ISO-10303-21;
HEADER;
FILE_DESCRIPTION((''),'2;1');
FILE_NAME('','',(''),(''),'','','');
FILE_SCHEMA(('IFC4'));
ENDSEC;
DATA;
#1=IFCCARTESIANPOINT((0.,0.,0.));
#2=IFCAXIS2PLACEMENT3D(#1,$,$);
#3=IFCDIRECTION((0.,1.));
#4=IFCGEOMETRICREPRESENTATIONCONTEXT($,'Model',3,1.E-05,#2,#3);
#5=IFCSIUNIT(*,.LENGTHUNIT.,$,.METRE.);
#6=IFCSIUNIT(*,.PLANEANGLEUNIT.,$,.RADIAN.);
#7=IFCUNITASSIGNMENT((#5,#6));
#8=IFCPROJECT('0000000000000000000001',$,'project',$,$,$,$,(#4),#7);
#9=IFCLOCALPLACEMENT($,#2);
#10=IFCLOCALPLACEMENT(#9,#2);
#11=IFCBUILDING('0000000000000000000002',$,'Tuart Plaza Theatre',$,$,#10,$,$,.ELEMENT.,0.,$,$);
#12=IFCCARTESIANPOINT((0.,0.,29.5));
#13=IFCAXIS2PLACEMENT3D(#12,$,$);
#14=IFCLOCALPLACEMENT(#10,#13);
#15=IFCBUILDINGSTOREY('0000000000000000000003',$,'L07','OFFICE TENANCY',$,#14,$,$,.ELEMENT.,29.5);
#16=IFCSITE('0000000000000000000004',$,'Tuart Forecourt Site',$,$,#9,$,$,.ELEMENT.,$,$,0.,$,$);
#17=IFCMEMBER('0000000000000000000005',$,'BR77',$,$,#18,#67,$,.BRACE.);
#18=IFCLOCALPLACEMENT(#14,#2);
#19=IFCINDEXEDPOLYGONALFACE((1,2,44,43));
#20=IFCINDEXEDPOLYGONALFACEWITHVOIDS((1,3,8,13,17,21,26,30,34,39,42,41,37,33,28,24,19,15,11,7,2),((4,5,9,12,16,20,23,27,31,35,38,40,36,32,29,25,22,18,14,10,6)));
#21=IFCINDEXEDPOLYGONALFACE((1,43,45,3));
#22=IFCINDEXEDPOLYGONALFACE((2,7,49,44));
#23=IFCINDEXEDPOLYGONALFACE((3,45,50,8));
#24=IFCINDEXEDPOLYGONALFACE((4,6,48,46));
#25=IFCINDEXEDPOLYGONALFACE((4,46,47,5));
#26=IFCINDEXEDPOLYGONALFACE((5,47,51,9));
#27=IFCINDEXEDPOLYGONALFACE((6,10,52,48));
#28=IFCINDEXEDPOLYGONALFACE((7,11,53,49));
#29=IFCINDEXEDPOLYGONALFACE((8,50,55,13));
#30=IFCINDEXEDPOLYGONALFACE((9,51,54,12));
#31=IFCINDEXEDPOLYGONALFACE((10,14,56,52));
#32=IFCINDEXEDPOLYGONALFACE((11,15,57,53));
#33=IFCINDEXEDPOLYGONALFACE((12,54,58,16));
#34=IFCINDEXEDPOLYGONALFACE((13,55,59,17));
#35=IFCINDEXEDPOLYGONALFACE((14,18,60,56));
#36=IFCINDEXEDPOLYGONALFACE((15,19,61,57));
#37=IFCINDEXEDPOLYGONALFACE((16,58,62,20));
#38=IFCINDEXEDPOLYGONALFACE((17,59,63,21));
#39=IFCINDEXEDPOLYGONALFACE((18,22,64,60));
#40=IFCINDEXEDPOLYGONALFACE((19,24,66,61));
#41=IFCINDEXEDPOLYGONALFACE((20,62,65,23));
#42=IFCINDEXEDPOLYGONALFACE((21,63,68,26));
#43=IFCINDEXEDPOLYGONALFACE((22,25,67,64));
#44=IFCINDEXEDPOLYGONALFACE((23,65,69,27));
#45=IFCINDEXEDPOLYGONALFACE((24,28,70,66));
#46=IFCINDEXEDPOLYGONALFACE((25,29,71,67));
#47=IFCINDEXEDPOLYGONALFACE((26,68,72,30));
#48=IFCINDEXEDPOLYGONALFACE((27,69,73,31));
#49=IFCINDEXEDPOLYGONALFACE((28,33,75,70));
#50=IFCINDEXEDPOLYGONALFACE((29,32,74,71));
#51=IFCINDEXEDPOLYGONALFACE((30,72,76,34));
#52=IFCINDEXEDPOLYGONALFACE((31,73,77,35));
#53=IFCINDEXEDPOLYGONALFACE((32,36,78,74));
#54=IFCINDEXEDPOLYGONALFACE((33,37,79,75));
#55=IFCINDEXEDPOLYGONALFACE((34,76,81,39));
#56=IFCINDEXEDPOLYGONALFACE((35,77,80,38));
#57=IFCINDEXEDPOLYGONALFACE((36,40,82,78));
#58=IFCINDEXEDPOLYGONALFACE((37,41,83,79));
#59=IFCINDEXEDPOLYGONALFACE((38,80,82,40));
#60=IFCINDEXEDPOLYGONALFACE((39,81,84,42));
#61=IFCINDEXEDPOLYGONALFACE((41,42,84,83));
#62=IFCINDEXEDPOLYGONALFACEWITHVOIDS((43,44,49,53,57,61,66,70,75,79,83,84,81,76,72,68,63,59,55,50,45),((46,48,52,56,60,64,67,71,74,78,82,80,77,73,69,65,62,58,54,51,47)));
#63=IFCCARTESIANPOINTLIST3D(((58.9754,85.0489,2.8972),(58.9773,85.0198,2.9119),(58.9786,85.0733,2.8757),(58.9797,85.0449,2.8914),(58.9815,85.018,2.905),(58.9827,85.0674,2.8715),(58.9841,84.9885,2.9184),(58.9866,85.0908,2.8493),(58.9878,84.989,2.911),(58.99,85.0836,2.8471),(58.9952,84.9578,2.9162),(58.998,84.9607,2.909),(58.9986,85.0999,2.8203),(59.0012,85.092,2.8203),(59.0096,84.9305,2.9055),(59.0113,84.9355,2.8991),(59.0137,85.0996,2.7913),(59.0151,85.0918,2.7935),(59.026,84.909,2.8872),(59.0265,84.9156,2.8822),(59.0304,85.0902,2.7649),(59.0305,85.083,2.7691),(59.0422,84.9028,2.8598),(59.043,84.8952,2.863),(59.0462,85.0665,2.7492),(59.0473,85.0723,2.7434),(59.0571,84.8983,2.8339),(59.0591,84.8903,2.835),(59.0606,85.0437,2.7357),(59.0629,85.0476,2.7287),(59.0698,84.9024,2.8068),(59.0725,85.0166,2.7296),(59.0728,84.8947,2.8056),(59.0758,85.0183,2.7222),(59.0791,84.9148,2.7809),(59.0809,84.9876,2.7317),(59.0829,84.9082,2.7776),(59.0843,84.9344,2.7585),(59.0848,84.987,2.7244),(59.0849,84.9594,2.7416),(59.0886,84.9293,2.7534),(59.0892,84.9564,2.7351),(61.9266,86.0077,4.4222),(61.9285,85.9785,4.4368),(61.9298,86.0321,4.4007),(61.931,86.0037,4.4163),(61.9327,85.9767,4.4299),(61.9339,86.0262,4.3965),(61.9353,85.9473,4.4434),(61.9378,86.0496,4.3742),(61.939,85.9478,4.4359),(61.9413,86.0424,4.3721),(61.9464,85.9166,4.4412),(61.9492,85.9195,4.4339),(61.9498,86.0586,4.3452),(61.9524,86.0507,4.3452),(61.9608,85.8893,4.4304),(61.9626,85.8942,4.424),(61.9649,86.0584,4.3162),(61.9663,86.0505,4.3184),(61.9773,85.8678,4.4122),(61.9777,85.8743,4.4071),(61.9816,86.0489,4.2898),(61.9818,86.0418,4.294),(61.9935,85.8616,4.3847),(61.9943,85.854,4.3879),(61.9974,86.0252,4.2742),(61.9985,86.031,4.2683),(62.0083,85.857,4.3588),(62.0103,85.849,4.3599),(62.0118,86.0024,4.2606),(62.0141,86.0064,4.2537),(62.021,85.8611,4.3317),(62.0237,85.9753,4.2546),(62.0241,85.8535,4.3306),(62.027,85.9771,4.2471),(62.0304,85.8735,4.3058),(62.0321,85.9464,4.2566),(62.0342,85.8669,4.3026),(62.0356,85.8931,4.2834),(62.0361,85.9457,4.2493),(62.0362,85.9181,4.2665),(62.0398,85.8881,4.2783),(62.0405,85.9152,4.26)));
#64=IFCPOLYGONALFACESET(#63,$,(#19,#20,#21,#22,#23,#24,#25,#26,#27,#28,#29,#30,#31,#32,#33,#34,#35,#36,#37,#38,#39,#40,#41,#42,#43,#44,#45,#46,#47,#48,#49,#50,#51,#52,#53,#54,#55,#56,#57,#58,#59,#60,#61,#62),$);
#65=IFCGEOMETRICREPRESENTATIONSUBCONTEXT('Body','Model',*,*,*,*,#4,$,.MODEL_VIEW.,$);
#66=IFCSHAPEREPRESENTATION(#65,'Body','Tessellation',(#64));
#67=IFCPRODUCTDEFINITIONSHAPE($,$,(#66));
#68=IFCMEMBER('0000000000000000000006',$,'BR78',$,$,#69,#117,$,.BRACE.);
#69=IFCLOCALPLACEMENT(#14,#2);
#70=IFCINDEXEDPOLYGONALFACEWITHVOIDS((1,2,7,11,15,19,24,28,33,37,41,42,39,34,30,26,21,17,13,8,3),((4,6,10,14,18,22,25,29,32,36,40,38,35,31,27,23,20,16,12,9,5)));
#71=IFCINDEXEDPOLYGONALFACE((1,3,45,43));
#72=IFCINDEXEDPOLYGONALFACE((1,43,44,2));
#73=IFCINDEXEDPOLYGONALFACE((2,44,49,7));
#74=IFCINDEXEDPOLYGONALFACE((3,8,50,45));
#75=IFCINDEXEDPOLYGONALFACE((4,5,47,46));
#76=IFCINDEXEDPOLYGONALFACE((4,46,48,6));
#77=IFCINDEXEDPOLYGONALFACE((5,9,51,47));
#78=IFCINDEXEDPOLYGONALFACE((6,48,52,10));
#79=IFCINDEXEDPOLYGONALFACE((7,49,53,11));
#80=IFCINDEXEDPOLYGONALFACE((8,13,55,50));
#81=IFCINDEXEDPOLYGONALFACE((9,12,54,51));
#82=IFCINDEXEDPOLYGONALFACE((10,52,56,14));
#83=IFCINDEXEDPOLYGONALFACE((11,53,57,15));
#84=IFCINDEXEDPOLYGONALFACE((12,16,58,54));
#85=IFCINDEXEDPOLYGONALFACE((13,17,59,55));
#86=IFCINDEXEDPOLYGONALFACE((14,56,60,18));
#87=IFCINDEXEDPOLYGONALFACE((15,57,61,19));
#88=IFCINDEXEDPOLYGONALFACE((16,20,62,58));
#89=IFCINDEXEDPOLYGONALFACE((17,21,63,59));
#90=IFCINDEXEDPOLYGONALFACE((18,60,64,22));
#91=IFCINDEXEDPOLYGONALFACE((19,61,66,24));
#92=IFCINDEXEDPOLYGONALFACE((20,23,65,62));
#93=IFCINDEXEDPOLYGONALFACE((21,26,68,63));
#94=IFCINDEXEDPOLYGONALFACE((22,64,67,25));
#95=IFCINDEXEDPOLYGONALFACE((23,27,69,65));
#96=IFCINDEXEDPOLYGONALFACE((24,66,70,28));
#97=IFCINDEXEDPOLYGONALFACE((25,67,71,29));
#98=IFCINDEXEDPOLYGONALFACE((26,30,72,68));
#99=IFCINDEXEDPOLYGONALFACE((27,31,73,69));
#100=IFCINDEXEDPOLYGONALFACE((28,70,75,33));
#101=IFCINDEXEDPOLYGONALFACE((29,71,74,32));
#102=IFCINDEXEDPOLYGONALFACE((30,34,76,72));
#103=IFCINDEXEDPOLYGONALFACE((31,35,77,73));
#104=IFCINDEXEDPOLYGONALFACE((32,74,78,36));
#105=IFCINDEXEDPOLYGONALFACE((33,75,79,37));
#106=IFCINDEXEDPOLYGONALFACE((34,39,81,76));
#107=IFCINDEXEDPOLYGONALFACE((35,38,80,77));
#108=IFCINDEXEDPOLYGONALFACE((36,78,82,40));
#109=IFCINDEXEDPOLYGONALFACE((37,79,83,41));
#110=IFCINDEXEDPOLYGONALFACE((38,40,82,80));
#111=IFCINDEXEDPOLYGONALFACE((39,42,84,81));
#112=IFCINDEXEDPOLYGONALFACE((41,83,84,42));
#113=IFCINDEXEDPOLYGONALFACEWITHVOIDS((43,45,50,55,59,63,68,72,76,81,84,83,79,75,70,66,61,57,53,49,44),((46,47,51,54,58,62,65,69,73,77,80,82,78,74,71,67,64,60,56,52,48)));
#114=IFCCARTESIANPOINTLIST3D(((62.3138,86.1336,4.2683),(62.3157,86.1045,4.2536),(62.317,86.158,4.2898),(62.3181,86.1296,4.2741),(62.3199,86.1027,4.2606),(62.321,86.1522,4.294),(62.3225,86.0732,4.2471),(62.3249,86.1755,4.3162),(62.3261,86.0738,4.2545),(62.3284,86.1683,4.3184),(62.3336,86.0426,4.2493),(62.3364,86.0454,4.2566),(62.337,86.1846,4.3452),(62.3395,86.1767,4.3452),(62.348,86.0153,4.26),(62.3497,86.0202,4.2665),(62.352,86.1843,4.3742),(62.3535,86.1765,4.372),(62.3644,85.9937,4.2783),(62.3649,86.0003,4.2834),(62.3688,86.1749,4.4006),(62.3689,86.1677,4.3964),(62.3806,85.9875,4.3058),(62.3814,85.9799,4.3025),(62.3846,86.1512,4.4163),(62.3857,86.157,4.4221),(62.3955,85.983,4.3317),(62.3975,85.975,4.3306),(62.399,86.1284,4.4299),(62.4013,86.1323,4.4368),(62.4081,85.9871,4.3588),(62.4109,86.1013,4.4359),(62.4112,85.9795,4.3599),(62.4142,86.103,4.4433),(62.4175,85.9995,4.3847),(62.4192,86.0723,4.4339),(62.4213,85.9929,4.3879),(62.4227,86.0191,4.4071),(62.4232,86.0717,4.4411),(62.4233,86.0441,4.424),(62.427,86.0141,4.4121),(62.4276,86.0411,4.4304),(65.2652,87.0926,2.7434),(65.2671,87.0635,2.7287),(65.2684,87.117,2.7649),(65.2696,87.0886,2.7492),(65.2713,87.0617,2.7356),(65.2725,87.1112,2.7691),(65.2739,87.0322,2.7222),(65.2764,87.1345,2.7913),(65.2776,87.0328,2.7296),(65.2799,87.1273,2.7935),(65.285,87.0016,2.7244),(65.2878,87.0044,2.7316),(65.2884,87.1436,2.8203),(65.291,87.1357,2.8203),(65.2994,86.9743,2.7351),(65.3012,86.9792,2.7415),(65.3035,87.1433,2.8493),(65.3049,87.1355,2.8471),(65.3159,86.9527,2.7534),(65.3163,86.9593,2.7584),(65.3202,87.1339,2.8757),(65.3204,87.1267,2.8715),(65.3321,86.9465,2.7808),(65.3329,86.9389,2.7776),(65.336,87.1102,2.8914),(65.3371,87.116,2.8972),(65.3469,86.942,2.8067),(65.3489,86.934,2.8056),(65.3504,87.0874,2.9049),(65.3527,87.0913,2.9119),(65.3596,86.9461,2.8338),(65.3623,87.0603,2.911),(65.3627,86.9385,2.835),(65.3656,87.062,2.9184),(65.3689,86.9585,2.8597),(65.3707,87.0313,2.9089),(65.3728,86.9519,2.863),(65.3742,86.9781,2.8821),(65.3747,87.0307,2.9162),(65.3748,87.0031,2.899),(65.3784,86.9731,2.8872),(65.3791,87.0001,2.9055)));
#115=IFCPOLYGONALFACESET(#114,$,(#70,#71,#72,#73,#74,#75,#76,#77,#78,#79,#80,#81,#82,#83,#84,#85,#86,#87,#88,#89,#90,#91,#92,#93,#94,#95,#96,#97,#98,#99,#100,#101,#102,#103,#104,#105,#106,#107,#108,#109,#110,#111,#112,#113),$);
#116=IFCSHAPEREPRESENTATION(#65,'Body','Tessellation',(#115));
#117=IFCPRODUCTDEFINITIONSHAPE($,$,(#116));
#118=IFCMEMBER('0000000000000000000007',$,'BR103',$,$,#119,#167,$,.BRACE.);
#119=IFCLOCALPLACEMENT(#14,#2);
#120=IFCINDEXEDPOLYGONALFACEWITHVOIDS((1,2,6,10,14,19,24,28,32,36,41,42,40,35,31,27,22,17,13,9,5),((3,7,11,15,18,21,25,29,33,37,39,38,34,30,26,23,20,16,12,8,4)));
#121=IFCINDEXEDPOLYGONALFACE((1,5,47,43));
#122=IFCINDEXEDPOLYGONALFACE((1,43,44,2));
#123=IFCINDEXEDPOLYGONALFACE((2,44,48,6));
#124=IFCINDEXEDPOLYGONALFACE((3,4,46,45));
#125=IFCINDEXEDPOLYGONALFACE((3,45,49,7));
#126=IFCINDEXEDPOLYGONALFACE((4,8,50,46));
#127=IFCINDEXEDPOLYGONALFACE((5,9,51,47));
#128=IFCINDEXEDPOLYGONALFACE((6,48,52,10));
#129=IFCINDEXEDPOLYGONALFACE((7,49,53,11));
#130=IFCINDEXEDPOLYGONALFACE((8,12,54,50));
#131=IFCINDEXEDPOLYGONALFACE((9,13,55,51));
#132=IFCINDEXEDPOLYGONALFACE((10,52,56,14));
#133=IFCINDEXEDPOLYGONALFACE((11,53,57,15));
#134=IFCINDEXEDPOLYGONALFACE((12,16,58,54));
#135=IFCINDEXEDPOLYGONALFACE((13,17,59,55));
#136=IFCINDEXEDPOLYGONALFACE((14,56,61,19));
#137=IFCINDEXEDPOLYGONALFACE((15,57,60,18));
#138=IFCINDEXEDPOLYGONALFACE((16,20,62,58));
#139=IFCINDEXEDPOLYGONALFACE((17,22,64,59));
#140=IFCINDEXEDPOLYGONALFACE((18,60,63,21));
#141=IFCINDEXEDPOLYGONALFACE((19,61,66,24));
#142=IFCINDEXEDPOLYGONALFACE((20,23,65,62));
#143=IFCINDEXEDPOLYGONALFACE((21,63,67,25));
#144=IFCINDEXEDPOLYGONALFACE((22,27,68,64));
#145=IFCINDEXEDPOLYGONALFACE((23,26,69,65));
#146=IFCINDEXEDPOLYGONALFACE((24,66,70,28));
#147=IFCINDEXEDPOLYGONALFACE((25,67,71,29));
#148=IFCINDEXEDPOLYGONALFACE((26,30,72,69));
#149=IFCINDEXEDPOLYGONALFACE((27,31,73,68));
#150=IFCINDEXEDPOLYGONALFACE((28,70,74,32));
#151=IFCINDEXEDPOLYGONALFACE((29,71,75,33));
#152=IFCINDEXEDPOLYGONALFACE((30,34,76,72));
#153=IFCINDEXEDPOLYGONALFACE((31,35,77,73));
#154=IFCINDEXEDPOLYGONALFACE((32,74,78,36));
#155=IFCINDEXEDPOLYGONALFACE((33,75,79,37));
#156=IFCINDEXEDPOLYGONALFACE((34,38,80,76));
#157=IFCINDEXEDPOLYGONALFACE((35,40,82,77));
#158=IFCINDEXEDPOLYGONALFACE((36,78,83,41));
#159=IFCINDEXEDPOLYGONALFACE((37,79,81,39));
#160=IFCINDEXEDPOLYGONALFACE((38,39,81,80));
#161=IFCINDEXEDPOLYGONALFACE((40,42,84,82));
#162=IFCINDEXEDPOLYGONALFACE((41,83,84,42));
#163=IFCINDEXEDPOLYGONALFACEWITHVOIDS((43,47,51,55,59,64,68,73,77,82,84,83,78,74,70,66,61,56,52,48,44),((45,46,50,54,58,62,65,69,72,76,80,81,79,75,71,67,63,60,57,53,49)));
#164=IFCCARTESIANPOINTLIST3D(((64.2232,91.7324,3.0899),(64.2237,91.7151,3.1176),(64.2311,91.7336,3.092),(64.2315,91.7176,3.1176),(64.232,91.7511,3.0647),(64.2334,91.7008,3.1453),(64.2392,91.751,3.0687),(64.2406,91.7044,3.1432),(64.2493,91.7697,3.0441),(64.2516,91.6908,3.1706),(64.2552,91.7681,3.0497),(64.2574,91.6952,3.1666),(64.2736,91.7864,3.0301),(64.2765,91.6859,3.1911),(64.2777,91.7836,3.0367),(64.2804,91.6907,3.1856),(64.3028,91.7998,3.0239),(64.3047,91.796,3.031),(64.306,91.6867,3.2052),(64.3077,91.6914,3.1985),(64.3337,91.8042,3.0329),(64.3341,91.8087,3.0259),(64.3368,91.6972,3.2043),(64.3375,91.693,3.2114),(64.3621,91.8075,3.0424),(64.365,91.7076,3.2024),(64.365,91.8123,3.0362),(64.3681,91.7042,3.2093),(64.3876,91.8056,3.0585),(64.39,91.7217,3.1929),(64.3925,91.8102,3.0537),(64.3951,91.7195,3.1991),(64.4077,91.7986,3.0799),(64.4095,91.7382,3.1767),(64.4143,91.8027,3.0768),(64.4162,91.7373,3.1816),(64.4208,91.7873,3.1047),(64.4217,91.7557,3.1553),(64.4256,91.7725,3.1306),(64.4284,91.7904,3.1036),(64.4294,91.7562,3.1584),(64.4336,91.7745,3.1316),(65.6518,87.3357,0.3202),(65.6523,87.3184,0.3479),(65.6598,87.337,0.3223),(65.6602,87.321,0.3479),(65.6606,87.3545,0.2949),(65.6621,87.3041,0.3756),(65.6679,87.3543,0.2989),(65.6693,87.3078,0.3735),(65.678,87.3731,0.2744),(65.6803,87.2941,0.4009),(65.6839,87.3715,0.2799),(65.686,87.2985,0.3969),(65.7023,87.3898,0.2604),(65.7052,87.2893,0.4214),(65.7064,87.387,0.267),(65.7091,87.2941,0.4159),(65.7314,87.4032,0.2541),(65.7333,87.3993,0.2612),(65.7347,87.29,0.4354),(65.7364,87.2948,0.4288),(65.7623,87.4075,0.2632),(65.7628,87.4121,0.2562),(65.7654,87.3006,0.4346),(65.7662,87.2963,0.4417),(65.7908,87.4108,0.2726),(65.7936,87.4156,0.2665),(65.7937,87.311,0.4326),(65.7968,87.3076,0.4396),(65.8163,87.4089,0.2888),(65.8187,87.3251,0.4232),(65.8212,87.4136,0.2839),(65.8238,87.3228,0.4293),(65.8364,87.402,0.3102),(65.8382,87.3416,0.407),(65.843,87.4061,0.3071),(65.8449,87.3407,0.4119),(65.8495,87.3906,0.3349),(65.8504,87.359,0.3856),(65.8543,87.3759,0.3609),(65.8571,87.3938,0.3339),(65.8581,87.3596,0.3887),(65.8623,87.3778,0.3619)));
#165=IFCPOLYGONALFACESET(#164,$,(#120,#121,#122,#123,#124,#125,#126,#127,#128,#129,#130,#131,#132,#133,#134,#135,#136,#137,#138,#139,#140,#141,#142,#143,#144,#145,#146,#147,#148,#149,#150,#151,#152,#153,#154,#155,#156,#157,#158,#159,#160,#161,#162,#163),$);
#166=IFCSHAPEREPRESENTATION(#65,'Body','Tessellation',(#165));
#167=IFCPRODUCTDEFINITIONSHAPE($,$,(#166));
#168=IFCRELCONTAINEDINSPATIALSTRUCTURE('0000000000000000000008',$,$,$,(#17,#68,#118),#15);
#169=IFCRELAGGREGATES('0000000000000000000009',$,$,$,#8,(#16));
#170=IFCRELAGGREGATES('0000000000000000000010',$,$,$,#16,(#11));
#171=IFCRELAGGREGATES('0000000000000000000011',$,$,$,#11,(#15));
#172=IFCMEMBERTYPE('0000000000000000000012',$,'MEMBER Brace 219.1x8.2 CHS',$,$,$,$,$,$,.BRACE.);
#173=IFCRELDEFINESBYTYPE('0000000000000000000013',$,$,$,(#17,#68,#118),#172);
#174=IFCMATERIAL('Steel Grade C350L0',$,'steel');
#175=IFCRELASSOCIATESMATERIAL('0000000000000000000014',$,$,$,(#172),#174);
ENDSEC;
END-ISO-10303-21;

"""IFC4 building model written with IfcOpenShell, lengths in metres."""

from ifc_helpers import new_model, si_unit, direction, frame, origin, origin_2d, place, context, subcontext, project, spatial, hollow_circle, extrude, material, material_profile, profile_set, type_object, element, save


model = new_model("IFC4")

# Units and contexts
model_context = context("Model", 3, precision=1e-05, world=origin(), true_north=direction((0.0, 1.0)))
body_context = subcontext(model_context, "Body", "Model", "MODEL_VIEW")
ifc_project = project(units=[si_unit("LENGTHUNIT", "METRE"), si_unit("PLANEANGLEUNIT", "RADIAN")], contexts=[model_context])

# Site, building, storey
site_placement = place(None, origin())
site = spatial("IfcSite", under=ifc_project, at=site_placement, Name="Tuart Forecourt Site", CompositionType="ELEMENT", RefElevation=0.0)
building_placement = place(site_placement, origin())
building = spatial("IfcBuilding", under=site, at=building_placement, Name="Tuart Plaza Theatre", CompositionType="ELEMENT", ElevationOfRefHeight=0.0)
storey_placement = place(building_placement, frame((0.0, 0.0, 29.5)))
storey = spatial("IfcBuildingStorey", under=building, at=storey_placement, Name="L07", Description="OFFICE TENANCY", CompositionType="ELEMENT", Elevation=29.5)

# Members
ifc_material_1 = material(Name="Steel Grade C350L0", Category="steel")
ifc_material_profile_1 = material_profile(ifc_material_1, hollow_circle(Radius=0.1096, WallThickness=0.0083, at=origin_2d()), Name="219.1x8.2 CHS")
ifc_profile_set_1 = profile_set([ifc_material_profile_1], Name="Steel Grade C350L0")
member_type_1 = type_object("IfcMemberType", Name="MEMBER Brace 219.1x8.2 CHS", PredefinedType="BRACE", material=ifc_profile_set_1)
member_1_placement = place(storey_placement, frame((59.0325, 84.9956, 2.8203), z_axis=(0.85357, 0.277297, 0.441049), x_axis=(-0.308972, 0.951071, 0.0)))
element("IfcMember", 1, at=member_1_placement, inside=storey, type_object=member_type_1, Name="BR77", PredefinedType="BRACE", context=body_context, shape_type="SweptSolid", body=[
    extrude(hollow_circle(Radius=0.1096, WallThickness=0.0083, at=origin_2d()), origin(), (0.0, 0.0, 1.0), 3.4575),
])
member_2_placement = place(storey_placement, frame((62.3708, 86.0803, 4.3452), z_axis=(0.853573, 0.277346, -0.441014), x_axis=(-0.30902, 0.951055, 0.0)))
element("IfcMember", 2, at=member_2_placement, inside=storey, type_object=member_type_1, Name="BR78", PredefinedType="BRACE", context=body_context, shape_type="SweptSolid", body=[
    extrude(hollow_circle(Radius=0.1096, WallThickness=0.0083, at=origin_2d()), origin(), (0.0, 0.0, 1.0), 3.4578),
])
member_3_placement = place(storey_placement, frame((65.7566, 87.3523, 0.3479), z_axis=(-0.265104, 0.815832, 0.513944), x_axis=(-0.951048, -0.309042, 0.0)))
element("IfcMember", 3, at=member_3_placement, inside=storey, type_object=member_type_1, Name="BR103", PredefinedType="BRACE", context=body_context, shape_type="SweptSolid", body=[
    extrude(hollow_circle(Radius=0.1096, WallThickness=0.0083, at=origin_2d()), origin(), (0.0, 0.0, 1.0), 5.3892),
])

save(model, "model.ifc")
